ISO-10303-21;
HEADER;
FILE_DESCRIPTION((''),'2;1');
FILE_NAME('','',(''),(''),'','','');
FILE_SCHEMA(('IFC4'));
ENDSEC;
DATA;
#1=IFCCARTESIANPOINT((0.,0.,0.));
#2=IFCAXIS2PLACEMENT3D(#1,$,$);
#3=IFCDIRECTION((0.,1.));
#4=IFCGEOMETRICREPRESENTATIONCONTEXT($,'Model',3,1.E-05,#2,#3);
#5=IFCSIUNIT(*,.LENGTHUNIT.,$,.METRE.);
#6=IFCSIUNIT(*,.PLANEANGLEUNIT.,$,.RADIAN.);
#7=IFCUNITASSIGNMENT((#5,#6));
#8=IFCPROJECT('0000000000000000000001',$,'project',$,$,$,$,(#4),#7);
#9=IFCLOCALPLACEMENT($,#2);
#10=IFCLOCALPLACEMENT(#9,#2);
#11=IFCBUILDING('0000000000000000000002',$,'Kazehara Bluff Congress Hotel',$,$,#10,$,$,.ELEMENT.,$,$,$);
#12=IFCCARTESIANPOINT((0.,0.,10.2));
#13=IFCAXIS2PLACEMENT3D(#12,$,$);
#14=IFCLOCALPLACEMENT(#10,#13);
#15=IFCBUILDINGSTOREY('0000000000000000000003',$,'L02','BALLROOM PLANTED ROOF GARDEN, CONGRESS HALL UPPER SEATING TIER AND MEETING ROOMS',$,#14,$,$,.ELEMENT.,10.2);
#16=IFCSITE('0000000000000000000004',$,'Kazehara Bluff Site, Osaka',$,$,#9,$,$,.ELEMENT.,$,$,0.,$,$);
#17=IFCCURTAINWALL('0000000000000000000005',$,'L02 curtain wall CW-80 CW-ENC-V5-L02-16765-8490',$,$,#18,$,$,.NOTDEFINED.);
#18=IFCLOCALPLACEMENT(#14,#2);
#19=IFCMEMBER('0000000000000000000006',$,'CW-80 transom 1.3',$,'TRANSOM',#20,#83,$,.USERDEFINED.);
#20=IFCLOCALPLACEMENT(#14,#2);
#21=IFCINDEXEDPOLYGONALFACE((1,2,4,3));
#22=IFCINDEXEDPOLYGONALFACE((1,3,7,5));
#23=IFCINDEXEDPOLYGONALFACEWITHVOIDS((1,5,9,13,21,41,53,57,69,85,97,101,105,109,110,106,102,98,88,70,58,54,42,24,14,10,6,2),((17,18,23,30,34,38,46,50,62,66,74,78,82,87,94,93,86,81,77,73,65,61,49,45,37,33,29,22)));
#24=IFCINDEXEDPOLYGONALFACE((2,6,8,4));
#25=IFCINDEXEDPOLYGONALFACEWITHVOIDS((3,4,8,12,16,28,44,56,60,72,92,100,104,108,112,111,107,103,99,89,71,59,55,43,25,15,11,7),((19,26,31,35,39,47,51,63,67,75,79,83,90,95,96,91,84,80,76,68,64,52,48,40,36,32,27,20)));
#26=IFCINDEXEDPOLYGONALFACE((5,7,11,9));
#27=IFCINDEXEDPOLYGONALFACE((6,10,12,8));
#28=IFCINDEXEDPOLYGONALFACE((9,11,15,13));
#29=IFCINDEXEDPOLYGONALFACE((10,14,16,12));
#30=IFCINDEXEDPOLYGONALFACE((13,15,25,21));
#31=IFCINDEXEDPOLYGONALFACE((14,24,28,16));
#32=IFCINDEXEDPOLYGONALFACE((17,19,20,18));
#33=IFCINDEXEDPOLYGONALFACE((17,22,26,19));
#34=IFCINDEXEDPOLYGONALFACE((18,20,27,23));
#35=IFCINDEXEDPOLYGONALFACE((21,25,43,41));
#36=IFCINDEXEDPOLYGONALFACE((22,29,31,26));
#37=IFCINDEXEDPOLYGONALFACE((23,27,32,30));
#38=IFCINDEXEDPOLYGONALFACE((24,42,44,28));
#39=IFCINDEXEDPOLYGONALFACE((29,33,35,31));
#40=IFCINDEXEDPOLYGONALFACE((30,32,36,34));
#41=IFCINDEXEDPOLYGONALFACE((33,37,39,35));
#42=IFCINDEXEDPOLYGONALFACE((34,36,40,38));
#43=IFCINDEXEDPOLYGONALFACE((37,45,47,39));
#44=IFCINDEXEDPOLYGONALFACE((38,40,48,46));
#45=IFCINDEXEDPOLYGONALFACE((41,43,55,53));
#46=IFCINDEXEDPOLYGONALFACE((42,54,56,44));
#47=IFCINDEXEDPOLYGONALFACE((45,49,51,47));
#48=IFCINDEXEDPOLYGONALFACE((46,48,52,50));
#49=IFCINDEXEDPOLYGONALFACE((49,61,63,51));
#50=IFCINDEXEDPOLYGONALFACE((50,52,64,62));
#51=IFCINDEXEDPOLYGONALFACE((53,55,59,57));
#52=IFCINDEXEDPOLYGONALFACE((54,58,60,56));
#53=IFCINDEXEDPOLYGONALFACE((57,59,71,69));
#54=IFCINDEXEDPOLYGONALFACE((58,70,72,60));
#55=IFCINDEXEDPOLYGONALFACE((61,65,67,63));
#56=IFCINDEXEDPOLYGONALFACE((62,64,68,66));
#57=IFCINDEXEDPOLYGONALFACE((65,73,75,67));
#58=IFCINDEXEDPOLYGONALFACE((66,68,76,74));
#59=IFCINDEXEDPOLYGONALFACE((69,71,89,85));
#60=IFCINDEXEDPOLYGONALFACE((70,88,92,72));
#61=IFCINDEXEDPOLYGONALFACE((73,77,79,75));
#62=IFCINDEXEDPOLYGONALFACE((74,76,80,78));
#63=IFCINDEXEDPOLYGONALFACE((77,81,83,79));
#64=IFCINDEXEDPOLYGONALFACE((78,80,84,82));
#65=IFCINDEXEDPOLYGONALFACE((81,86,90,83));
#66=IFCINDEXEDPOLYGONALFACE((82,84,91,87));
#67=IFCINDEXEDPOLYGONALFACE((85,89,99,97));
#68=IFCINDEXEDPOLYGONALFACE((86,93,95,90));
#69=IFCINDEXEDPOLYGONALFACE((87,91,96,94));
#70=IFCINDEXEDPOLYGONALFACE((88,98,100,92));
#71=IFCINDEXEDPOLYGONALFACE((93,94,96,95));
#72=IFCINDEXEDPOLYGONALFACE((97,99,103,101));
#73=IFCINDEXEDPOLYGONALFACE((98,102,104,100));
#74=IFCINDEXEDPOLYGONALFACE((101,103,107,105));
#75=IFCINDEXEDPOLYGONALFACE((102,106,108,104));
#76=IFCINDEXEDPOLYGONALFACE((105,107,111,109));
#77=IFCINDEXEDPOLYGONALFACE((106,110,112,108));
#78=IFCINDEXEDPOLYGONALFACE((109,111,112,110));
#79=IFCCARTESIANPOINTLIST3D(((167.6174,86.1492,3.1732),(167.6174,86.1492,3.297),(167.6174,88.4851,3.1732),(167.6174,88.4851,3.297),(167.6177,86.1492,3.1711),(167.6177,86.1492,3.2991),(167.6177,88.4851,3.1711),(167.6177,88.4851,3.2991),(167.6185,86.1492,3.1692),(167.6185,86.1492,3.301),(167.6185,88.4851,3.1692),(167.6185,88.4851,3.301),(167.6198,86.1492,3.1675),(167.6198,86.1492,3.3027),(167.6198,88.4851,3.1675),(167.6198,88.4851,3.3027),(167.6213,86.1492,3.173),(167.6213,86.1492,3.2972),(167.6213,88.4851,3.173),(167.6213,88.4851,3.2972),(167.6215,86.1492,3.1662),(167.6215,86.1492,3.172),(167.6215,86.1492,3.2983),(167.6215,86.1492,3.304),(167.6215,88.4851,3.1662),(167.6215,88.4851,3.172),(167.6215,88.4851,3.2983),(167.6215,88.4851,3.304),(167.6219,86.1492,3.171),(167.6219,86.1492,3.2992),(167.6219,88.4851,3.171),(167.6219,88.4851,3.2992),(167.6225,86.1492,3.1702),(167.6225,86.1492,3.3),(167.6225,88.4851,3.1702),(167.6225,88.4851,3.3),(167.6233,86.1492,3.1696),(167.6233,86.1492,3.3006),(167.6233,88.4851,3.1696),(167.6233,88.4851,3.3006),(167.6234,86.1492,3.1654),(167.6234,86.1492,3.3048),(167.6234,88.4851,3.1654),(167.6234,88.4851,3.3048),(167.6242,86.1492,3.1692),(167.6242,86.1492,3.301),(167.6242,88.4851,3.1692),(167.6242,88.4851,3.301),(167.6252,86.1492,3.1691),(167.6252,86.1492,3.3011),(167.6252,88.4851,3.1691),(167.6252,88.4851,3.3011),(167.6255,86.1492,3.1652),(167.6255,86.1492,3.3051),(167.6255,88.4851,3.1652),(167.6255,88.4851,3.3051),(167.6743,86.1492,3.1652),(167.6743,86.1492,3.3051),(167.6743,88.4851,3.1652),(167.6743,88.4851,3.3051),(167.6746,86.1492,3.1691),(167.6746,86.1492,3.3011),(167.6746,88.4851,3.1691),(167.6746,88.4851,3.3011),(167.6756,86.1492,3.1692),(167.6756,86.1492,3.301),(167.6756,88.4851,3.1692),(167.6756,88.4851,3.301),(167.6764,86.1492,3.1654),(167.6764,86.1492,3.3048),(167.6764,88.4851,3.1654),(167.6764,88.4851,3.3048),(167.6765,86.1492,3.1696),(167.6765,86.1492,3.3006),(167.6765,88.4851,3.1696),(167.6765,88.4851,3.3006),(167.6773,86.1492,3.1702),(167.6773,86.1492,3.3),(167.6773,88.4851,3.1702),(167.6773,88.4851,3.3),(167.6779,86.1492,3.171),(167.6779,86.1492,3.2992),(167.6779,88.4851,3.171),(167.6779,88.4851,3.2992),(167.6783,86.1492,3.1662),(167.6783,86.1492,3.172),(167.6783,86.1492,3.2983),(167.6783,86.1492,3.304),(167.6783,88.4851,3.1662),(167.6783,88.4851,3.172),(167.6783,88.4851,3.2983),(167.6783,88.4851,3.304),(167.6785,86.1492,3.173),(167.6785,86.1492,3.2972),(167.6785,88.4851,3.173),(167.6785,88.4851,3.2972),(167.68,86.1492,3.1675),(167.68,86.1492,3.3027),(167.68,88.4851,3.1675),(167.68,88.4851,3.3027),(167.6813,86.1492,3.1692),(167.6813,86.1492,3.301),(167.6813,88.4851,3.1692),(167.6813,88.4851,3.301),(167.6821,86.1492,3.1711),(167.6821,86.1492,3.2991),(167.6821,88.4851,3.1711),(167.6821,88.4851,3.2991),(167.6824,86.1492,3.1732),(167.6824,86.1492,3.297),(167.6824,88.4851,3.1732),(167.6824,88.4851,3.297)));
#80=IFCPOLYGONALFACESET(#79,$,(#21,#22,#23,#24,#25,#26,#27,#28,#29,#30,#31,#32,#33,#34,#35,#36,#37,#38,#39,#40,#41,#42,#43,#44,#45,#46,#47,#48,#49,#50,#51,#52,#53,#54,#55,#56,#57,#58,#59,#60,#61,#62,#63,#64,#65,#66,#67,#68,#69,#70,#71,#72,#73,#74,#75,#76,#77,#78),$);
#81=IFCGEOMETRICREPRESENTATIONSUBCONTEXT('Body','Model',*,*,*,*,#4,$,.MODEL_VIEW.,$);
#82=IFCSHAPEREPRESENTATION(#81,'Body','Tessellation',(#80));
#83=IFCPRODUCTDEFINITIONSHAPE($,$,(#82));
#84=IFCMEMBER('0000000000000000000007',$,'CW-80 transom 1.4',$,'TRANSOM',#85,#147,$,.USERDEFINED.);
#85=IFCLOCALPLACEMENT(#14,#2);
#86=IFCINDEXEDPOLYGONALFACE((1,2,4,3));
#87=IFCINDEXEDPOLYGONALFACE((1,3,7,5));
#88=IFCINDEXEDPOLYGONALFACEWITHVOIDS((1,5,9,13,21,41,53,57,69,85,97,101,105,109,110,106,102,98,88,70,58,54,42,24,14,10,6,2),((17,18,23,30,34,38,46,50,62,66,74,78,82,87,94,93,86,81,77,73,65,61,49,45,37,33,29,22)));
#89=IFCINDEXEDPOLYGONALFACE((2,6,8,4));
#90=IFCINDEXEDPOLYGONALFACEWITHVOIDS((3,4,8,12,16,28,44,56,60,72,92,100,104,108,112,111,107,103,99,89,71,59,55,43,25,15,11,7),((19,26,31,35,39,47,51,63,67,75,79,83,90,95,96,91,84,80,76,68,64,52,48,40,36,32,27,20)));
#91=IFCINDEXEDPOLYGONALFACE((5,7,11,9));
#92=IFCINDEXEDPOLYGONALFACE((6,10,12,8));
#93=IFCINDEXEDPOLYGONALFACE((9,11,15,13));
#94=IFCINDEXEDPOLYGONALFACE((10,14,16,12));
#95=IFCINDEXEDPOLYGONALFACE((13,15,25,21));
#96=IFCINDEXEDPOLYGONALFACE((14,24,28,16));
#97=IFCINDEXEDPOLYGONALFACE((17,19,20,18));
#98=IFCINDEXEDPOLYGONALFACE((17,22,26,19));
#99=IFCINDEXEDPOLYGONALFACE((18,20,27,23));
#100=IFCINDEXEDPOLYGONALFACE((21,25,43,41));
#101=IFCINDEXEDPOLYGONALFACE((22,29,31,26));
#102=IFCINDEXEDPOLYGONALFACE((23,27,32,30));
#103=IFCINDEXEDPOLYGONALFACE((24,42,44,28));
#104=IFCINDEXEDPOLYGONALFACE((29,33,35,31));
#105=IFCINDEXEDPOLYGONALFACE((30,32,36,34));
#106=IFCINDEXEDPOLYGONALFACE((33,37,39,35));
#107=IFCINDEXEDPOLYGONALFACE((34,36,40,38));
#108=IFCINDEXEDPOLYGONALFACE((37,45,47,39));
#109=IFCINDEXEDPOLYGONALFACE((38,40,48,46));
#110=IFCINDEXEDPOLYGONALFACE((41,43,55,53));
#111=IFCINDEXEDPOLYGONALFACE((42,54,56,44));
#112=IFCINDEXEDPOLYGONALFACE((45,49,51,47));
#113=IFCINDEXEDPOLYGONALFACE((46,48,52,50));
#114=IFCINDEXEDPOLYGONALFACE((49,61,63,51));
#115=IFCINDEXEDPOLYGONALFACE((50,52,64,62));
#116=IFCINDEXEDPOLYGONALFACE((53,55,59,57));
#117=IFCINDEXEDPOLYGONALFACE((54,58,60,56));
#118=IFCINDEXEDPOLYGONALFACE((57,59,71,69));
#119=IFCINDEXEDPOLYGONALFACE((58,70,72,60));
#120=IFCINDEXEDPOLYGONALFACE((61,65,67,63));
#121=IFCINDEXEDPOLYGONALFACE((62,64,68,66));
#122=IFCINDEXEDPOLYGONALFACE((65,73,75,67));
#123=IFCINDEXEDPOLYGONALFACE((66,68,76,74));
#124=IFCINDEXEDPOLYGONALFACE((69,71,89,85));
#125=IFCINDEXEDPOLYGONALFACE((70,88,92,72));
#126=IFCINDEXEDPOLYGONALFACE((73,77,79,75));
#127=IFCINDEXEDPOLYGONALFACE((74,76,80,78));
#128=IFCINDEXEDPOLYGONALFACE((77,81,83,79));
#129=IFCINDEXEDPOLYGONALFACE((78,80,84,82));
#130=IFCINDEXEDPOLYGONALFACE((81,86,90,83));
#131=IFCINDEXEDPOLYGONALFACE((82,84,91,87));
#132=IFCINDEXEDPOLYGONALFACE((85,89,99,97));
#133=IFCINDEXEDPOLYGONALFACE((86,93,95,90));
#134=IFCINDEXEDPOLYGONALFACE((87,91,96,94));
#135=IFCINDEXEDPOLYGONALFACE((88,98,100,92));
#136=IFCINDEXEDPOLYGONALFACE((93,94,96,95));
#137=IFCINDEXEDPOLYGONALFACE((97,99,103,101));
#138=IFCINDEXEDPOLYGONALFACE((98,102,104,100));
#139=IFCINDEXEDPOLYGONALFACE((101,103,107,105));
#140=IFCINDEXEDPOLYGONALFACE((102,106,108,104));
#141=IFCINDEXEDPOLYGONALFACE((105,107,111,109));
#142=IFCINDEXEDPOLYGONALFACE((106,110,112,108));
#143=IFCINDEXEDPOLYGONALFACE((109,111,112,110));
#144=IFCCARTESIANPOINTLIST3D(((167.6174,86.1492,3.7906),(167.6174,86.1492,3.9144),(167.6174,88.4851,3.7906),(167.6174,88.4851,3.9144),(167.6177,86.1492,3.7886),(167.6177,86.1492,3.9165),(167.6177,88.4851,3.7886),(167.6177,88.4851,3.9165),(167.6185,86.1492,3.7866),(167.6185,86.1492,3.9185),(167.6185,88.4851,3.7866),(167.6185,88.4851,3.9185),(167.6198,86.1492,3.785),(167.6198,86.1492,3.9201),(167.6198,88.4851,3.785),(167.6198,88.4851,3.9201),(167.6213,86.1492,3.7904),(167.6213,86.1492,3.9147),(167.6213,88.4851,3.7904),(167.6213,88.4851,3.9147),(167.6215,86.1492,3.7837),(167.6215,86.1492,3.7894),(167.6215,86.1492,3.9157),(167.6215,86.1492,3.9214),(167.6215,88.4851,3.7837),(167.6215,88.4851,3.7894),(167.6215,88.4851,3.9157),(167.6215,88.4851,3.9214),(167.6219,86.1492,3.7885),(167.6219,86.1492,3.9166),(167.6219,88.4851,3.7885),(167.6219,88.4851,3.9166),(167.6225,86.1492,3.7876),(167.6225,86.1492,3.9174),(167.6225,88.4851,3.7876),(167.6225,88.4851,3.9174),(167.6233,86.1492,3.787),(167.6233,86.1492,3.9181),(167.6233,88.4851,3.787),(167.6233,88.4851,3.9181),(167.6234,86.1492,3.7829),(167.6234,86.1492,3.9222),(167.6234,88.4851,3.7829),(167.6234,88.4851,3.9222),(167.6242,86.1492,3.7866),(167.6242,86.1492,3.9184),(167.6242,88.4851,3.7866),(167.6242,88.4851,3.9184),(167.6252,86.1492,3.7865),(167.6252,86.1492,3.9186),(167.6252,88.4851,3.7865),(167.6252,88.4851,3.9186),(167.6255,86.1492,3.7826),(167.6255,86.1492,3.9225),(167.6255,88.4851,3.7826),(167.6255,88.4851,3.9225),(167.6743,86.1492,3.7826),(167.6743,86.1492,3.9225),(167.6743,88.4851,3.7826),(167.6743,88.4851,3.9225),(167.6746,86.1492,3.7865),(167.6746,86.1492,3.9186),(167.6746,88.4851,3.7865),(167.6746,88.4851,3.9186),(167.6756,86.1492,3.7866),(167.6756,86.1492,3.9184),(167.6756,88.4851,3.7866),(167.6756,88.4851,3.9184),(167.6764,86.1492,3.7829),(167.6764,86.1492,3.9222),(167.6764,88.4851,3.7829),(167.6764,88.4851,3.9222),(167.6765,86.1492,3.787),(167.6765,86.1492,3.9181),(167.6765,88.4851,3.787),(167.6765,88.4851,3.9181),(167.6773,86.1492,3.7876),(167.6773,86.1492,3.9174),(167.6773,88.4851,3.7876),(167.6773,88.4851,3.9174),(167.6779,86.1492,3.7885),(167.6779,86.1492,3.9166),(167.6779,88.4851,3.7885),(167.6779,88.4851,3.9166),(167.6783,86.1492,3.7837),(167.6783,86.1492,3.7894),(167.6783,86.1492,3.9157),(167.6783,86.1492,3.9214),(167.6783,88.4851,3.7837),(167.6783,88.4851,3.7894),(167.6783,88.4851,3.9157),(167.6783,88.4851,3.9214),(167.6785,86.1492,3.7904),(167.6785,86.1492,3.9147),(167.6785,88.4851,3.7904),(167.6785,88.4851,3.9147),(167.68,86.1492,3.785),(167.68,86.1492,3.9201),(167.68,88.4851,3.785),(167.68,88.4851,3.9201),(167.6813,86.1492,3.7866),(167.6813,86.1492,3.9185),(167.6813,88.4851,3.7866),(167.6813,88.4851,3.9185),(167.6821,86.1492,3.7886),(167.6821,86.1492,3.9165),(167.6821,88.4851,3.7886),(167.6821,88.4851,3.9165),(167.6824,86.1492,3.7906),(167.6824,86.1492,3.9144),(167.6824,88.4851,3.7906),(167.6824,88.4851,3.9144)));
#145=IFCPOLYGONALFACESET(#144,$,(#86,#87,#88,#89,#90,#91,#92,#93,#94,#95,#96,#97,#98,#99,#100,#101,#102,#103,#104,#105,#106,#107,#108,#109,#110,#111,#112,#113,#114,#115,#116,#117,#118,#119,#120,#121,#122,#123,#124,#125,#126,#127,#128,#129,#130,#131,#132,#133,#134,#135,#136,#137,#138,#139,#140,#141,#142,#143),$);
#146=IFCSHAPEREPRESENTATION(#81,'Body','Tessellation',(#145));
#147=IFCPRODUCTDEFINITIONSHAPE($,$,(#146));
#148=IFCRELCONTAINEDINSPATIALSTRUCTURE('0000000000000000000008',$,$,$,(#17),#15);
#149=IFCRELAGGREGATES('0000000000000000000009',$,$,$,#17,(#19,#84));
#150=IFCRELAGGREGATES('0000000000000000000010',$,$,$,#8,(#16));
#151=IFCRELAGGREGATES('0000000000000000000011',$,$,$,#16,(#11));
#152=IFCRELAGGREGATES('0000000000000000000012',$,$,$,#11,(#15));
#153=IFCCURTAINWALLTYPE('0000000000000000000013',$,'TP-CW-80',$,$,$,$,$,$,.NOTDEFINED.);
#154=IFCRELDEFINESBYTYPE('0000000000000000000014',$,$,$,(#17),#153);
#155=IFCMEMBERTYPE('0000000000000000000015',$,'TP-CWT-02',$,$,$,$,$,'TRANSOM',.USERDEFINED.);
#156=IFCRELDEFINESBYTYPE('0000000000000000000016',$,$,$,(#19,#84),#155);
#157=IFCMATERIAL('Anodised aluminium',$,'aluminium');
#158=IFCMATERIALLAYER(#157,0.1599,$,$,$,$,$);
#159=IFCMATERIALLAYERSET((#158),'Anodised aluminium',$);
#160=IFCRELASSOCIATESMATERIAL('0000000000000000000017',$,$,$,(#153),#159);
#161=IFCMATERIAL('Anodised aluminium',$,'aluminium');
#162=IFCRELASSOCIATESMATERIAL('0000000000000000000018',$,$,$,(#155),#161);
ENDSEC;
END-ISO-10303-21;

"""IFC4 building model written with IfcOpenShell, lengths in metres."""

from ifc_helpers import new_model, si_unit, direction, frame, origin, origin_2d, place, context, subcontext, project, spatial, hollow_rectangle, extrude, material, layer, layer_set, material_profile, profile_set, type_object, element, aggregate, save


model = new_model("IFC4")

# Units and contexts
model_context = context("Model", 3, precision=1e-05, world=origin(), true_north=direction((0.0, 1.0)))
body_context = subcontext(model_context, "Body", "Model", "MODEL_VIEW")
ifc_project = project(units=[si_unit("LENGTHUNIT", "METRE"), si_unit("PLANEANGLEUNIT", "RADIAN")], contexts=[model_context])

# Site, building, storey
site_placement = place(None, origin())
site = spatial("IfcSite", under=ifc_project, at=site_placement, Name="Kazehara Bluff Site, Osaka", CompositionType="ELEMENT", RefElevation=0.0)
building_placement = place(site_placement, origin())
building = spatial("IfcBuilding", under=site, at=building_placement, Name="Kazehara Bluff Congress Hotel", CompositionType="ELEMENT")
storey_placement = place(building_placement, frame((0.0, 0.0, 10.2)))
storey = spatial("IfcBuildingStorey", under=building, at=storey_placement, Name="L02", Description="BALLROOM PLANTED ROOF GARDEN, CONGRESS HALL UPPER SEATING TIER AND MEETING ROOMS", CompositionType="ELEMENT", Elevation=10.2)

# Curtain wall, members
ifc_material_1 = material(Name="Anodised aluminium", Category="aluminium")
ifc_layer_1 = layer(ifc_material_1, 0.1599)
ifc_layer_set_1 = layer_set([ifc_layer_1], Name="Anodised aluminium")
curtain_wall_type = type_object("IfcCurtainWallType", Name="TP-CW-80", PredefinedType="NOTDEFINED", material=ifc_layer_set_1)
curtain_wall_placement = place(storey_placement, origin())
curtain_wall = element("IfcCurtainWall", 1, at=curtain_wall_placement, inside=storey, type_object=curtain_wall_type, Name="L02 curtain wall CW-80 CW-ENC-V5-L02-16765-8490", PredefinedType="NOTDEFINED")
ifc_material_2 = material(Name="Anodised aluminium", Category="aluminium")
ifc_material_profile_1 = material_profile(ifc_material_2, hollow_rectangle(XDim=0.0649, YDim=0.1399, WallThickness=0.0039, InnerFilletRadius=0.0039, OuterFilletRadius=0.0081, at=origin_2d()))
ifc_profile_set_1 = profile_set([ifc_material_profile_1], Name="Anodised aluminium")
member_type_1 = type_object("IfcMemberType", Name="TP-CWT-02", ElementType="TRANSOM", PredefinedType="USERDEFINED", material=ifc_profile_set_1)
member_1_placement = place(storey_placement, frame((167.6499, 88.4851, 3.2351), z_axis=(0.0, -1.0, 0.0), x_axis=(1.0, 0.0, 0.0)))
member_1 = element("IfcMember", 2, at=member_1_placement, type_object=member_type_1, Name="CW-80 transom 1.3", ObjectType="TRANSOM", PredefinedType="USERDEFINED", context=body_context, shape_type="SweptSolid", body=[
    extrude(hollow_rectangle(XDim=0.0649, YDim=0.1399, WallThickness=0.0039, InnerFilletRadius=0.0039, OuterFilletRadius=0.0081, at=origin_2d()), origin(), (0.0, 0.0, 1.0), 2.3359),
])
member_2_placement = place(storey_placement, frame((167.6499, 88.4851, 3.8525), z_axis=(0.0, -1.0, 0.0), x_axis=(1.0, 0.0, 0.0)))
member_2 = element("IfcMember", 3, at=member_2_placement, type_object=member_type_1, Name="CW-80 transom 1.4", ObjectType="TRANSOM", PredefinedType="USERDEFINED", context=body_context, shape_type="SweptSolid", body=[
    extrude(hollow_rectangle(XDim=0.0649, YDim=0.1399, WallThickness=0.0039, InnerFilletRadius=0.0039, OuterFilletRadius=0.0081, at=origin_2d()), origin(), (0.0, 0.0, 1.0), 2.3359),
])
aggregate(curtain_wall, [member_1, member_2])

save(model, "model.ifc")
